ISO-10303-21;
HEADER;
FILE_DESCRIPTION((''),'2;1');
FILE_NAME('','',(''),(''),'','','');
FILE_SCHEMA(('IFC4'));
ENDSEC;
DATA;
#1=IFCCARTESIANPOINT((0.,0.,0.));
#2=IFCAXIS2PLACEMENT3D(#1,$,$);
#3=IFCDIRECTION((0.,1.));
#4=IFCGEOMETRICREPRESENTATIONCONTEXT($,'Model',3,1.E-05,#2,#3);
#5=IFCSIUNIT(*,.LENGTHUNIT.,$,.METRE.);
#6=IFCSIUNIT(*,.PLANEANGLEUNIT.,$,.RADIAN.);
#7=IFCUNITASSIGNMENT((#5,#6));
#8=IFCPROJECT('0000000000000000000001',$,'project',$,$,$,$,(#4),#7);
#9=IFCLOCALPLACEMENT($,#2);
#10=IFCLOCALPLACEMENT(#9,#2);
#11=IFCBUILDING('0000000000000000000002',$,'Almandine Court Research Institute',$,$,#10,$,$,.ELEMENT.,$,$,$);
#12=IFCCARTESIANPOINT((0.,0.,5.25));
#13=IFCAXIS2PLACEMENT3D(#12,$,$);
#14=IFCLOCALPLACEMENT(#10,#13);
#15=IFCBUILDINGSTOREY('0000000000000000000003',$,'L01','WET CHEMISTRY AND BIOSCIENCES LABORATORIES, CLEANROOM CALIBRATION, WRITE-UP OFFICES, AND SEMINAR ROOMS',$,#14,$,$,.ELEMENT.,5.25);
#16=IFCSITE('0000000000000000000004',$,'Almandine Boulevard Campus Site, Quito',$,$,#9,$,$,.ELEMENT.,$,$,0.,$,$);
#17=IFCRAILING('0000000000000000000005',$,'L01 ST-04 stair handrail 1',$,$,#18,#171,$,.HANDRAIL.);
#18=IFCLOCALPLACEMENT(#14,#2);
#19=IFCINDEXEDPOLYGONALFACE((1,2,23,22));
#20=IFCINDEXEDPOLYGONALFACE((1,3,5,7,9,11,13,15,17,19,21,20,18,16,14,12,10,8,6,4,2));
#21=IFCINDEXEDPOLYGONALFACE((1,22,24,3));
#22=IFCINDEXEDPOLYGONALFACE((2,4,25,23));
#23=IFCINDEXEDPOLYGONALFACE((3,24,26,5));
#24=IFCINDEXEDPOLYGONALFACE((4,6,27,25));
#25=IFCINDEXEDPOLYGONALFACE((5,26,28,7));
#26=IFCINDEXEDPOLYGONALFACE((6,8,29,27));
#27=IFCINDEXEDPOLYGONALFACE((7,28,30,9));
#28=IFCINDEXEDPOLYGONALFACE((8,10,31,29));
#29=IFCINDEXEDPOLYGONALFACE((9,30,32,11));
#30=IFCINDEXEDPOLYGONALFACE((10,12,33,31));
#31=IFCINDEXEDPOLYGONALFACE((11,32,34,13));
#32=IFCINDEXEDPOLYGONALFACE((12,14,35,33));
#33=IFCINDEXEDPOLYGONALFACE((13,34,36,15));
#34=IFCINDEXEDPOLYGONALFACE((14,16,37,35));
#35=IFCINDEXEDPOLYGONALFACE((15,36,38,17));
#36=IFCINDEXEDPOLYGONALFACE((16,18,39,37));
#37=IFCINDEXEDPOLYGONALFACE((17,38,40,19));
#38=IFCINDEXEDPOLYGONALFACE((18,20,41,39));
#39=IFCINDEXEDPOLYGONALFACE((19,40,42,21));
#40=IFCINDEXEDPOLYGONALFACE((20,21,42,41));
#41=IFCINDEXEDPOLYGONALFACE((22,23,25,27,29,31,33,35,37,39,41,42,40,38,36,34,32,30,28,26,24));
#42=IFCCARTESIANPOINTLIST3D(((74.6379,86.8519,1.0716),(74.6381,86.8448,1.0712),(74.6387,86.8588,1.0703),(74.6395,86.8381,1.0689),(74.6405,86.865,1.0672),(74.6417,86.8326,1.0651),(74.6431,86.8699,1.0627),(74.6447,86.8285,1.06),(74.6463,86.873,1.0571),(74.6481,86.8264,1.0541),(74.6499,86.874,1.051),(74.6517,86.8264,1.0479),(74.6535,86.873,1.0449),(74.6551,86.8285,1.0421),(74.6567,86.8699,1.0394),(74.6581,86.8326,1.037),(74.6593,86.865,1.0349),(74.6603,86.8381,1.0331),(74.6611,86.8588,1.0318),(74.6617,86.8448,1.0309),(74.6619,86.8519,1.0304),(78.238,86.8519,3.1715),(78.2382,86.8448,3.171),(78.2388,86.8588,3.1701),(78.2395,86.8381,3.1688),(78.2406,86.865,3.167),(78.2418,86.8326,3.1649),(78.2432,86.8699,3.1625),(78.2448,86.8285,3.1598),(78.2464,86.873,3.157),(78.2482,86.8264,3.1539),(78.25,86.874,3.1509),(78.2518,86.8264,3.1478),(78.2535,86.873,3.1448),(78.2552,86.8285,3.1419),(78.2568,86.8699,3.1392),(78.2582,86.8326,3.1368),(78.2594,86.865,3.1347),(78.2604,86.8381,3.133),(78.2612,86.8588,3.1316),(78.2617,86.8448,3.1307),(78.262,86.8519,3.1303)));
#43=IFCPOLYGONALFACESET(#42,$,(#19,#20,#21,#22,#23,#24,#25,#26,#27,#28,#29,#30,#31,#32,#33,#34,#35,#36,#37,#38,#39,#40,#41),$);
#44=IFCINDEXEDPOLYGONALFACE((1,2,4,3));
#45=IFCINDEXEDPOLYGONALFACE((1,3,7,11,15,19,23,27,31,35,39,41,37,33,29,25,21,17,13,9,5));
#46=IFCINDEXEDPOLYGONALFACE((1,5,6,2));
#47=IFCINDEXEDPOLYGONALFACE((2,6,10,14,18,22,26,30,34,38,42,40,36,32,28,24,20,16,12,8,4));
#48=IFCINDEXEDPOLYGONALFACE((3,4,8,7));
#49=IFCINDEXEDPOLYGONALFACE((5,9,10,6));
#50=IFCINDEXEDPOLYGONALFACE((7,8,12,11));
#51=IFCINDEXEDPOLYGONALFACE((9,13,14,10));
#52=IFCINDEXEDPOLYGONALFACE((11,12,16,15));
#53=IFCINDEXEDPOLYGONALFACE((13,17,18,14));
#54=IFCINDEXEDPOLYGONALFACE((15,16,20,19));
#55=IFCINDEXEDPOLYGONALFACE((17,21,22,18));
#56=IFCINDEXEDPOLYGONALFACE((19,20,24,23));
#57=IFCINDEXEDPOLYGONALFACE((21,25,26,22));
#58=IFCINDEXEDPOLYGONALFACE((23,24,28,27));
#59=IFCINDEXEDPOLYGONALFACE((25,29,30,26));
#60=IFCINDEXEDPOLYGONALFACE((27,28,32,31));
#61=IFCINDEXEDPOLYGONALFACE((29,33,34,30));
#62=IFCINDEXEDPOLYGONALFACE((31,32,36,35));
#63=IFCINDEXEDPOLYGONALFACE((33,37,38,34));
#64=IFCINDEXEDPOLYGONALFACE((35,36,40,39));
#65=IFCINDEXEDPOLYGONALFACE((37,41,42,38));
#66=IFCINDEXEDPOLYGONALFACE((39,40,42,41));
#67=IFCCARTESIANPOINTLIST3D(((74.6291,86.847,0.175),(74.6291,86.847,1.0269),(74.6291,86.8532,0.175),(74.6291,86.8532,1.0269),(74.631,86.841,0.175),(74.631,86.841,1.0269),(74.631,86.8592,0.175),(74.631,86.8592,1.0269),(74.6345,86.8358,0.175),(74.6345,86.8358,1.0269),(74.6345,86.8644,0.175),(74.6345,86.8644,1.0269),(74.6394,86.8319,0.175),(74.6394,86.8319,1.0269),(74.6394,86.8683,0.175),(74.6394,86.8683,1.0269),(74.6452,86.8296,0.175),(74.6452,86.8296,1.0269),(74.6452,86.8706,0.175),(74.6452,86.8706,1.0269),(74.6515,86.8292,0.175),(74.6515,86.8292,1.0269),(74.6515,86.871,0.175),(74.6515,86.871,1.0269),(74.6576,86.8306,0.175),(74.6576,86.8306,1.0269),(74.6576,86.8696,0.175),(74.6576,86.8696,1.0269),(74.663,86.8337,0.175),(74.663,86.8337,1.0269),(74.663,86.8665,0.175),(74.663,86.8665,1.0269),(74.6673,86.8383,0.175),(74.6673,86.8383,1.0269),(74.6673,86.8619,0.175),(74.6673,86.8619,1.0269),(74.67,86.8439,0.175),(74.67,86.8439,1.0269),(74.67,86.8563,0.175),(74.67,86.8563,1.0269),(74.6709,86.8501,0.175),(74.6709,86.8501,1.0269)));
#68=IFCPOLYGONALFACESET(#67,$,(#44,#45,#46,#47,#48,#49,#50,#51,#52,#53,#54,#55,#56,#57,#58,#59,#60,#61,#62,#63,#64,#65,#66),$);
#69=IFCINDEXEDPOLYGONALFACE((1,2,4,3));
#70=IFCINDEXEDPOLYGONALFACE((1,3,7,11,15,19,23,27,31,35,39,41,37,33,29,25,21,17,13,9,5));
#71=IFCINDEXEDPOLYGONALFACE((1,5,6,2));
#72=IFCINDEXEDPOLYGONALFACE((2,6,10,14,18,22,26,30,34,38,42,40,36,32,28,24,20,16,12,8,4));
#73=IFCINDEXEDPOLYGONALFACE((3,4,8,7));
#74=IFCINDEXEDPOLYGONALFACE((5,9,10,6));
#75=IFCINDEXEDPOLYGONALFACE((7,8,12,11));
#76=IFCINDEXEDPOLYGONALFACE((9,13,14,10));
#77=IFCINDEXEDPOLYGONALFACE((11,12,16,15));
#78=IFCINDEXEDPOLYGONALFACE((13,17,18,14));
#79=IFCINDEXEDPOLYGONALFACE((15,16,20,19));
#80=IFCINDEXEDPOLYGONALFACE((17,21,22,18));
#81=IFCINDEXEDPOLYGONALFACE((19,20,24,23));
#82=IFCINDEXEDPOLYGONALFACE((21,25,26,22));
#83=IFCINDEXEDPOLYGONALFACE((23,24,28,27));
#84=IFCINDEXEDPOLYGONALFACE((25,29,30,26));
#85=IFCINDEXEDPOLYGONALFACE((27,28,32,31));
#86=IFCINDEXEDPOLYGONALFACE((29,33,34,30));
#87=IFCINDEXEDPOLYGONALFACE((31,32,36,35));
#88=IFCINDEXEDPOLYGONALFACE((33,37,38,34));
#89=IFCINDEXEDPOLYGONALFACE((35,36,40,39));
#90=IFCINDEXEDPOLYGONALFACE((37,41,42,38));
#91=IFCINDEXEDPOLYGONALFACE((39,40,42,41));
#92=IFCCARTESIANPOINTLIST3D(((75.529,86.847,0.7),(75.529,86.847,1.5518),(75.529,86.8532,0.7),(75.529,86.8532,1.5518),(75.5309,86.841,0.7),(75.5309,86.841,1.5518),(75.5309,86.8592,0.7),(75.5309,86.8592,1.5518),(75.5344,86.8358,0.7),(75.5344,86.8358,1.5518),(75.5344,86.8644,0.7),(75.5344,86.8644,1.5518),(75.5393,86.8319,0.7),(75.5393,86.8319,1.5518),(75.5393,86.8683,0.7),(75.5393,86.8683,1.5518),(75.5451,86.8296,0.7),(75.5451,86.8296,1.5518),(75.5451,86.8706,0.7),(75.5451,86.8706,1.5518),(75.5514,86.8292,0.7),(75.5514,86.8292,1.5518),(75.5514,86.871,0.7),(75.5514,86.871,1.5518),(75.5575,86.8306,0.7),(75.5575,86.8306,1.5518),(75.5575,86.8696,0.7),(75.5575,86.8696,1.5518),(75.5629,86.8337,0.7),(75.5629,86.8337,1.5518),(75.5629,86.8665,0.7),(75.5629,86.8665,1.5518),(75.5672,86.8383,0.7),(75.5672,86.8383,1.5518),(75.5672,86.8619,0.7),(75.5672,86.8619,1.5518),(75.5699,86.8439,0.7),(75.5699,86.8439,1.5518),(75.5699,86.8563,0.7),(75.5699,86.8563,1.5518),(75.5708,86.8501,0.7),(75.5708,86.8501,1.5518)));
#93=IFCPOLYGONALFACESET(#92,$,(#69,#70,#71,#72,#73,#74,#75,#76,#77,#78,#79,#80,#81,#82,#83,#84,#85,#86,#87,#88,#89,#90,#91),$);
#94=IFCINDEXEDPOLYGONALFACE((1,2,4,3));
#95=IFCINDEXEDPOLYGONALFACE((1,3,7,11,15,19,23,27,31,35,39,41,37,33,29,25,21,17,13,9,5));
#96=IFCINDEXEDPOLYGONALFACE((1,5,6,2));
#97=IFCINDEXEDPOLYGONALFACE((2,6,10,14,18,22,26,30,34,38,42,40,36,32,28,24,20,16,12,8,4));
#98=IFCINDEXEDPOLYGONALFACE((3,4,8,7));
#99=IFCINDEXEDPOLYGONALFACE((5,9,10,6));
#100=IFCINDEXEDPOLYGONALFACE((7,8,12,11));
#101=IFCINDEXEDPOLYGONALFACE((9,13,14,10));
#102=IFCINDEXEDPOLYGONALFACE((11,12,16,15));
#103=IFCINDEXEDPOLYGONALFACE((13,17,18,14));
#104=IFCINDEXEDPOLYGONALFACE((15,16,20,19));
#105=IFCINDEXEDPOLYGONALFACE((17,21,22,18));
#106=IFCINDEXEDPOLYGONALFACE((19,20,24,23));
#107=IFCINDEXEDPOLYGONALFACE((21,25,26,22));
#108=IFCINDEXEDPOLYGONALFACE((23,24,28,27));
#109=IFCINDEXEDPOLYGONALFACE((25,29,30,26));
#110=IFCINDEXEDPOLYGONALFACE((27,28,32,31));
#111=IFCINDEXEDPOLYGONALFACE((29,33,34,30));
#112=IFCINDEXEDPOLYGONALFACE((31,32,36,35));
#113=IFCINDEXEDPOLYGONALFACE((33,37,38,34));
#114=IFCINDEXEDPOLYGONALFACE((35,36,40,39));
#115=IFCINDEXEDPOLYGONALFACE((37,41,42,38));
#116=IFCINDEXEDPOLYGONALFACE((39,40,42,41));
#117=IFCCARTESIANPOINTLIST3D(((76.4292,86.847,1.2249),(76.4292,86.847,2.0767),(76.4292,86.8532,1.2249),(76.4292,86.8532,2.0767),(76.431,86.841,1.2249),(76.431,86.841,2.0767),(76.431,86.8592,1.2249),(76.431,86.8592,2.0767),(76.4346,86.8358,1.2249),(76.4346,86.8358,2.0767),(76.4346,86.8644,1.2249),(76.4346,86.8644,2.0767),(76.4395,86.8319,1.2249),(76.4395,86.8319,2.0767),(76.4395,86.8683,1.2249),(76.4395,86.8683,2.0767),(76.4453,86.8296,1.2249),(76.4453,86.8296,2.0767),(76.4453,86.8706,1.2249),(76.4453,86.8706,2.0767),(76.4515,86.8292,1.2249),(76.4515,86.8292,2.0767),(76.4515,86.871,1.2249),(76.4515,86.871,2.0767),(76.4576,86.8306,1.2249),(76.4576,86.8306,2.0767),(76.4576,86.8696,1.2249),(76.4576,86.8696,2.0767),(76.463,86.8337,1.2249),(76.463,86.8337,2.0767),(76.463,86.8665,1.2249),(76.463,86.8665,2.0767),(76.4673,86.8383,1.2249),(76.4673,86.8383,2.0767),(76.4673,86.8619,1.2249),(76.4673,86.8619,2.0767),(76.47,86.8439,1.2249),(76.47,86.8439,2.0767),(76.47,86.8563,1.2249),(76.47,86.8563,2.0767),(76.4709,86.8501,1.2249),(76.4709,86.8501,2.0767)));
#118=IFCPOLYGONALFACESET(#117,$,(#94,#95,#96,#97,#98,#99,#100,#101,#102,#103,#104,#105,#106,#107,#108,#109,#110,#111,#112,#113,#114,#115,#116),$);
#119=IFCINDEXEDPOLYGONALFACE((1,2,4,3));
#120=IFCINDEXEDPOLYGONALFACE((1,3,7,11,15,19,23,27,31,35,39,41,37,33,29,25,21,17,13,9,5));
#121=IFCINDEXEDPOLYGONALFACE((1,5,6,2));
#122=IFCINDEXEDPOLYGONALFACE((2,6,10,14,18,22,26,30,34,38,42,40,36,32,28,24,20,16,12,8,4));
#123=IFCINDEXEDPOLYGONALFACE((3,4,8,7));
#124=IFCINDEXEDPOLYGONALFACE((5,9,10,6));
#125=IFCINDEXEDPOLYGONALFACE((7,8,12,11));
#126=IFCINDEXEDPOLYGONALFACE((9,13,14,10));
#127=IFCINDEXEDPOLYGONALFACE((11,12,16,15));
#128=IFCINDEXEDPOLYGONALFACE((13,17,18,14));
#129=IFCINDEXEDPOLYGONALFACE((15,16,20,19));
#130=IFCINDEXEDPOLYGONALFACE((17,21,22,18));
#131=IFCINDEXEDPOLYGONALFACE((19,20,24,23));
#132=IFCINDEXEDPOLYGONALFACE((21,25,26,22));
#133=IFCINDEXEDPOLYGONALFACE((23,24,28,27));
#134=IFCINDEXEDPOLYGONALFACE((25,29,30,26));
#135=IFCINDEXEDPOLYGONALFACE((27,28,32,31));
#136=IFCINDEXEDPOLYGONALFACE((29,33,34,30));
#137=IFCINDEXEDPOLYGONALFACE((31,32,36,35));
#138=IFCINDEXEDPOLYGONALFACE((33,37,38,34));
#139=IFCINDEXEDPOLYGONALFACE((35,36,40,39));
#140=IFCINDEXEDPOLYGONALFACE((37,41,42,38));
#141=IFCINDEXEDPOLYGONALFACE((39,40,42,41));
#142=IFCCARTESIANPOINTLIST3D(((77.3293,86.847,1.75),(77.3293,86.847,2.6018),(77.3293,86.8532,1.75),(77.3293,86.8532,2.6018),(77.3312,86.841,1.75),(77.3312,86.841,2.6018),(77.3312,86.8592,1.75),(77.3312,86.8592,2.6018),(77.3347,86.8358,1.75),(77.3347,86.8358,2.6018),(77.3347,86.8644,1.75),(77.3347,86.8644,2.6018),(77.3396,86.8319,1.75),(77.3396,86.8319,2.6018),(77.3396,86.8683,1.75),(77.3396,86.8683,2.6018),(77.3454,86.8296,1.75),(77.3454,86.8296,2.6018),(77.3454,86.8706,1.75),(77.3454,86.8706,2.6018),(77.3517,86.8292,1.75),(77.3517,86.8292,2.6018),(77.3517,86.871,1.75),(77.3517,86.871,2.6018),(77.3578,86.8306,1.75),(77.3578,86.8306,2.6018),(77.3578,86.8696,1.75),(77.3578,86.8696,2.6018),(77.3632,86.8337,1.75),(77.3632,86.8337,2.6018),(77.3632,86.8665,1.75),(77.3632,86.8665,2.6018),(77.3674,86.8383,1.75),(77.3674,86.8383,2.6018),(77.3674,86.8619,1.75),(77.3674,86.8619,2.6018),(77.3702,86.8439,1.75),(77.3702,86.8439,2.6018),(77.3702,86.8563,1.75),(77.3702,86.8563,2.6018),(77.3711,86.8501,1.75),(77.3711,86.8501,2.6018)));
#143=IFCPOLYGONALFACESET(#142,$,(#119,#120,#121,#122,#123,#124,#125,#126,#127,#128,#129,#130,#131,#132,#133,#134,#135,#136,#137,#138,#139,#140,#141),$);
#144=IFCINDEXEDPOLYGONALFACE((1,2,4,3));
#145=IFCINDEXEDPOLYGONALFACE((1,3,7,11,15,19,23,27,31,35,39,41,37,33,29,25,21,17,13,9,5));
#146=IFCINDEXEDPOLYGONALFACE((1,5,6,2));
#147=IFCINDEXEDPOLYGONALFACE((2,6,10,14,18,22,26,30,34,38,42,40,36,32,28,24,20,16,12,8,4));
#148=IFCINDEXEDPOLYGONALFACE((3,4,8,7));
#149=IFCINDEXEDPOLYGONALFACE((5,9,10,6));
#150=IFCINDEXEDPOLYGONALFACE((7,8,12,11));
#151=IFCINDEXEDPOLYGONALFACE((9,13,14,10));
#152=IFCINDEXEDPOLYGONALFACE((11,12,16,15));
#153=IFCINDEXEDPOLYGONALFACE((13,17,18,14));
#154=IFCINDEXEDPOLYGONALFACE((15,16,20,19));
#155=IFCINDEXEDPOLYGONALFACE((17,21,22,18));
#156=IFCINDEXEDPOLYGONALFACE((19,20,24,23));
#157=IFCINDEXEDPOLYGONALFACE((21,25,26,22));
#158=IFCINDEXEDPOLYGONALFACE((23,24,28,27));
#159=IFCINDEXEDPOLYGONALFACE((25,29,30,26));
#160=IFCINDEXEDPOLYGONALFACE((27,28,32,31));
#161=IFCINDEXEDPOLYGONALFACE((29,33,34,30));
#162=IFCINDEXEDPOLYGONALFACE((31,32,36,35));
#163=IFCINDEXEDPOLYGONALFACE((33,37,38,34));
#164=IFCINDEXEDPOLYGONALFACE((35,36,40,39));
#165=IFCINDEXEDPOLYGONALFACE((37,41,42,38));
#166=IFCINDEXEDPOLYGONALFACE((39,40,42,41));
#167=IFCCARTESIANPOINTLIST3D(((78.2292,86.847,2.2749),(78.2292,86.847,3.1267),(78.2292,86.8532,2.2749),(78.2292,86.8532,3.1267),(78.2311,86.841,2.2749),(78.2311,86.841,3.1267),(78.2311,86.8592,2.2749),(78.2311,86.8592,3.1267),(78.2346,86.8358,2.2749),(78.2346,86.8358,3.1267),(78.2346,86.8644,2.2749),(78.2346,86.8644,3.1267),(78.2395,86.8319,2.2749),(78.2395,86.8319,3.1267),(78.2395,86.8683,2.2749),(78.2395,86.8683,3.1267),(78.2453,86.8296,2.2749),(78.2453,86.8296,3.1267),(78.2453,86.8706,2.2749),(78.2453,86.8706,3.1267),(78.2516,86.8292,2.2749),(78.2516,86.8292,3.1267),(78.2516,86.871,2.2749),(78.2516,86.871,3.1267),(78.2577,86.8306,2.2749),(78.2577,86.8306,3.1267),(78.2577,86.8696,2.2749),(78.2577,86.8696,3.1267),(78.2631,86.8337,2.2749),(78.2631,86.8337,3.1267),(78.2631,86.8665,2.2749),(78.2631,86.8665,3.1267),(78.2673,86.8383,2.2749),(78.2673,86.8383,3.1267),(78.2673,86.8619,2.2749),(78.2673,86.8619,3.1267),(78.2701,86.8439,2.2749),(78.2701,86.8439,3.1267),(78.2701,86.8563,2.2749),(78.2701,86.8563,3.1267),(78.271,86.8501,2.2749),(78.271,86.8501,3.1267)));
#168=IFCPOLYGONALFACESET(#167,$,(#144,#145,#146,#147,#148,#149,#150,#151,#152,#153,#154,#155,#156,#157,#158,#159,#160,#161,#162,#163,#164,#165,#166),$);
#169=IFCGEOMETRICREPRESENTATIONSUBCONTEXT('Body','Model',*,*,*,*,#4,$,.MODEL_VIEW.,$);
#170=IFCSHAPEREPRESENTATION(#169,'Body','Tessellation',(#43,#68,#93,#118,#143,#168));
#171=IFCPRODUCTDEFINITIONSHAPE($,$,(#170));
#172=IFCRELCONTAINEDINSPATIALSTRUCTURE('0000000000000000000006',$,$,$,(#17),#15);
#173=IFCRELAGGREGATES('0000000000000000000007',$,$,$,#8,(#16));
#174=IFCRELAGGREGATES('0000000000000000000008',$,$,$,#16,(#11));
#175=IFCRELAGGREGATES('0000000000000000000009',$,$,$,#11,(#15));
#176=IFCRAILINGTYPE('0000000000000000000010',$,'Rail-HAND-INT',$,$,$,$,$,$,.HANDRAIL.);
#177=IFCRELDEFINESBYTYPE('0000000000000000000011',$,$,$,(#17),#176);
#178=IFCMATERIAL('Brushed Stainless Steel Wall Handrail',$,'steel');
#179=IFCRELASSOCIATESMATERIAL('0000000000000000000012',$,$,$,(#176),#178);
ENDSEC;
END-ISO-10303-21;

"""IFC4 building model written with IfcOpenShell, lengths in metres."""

from ifc_helpers import new_model, si_unit, direction, frame, origin, origin_2d, place, context, subcontext, project, spatial, circle, extrude, material, type_object, element, save


model = new_model("IFC4")

# Units and contexts
model_context = context("Model", 3, precision=1e-05, world=origin(), true_north=direction((0.0, 1.0)))
body_context = subcontext(model_context, "Body", "Model", "MODEL_VIEW")
ifc_project = project(units=[si_unit("LENGTHUNIT", "METRE"), si_unit("PLANEANGLEUNIT", "RADIAN")], contexts=[model_context])

# Site, building, storey
site_placement = place(None, origin())
site = spatial("IfcSite", under=ifc_project, at=site_placement, Name="Almandine Boulevard Campus Site, Quito", CompositionType="ELEMENT", RefElevation=0.0)
building_placement = place(site_placement, origin())
building = spatial("IfcBuilding", under=site, at=building_placement, Name="Almandine Court Research Institute", CompositionType="ELEMENT")
storey_placement = place(building_placement, frame((0.0, 0.0, 5.25)))
storey = spatial("IfcBuildingStorey", under=building, at=storey_placement, Name="L01", Description="WET CHEMISTRY AND BIOSCIENCES LABORATORIES, CLEANROOM CALIBRATION, WRITE-UP OFFICES, AND SEMINAR ROOMS", CompositionType="ELEMENT", Elevation=5.25)

# Railing
ifc_material_1 = material(Name="Brushed Stainless Steel Wall Handrail", Category="steel")
railing_type_1 = type_object("IfcRailingType", Name="Rail-HAND-INT", PredefinedType="HANDRAIL", material=ifc_material_1)
railing_1_placement = place(storey_placement, frame((74.6499, 86.8501, 0.175)))
element("IfcRailing", 1, at=railing_1_placement, inside=storey, type_object=railing_type_1, Name="L01 ST-04 stair handrail 1", PredefinedType="HANDRAIL", context=body_context, shape_type="SweptSolid", body=[
    extrude(circle(Radius=0.0239, at=origin_2d()), frame((0.0, 0.0, 0.876), z_axis=(0.8638, 0.0, 0.503835), x_axis=(0.0, 1.0, 0.0)), (0.0, 0.0, 1.0), 4.1677),
    extrude(circle(Radius=0.021, at=origin_2d()), origin(), (0.0, 0.0, 1.0), 0.8518),
    extrude(circle(Radius=0.021, at=origin_2d()), frame((0.8999, 0.0, 0.5249)), (0.0, 0.0, 1.0), 0.8518),
    extrude(circle(Radius=0.021, at=origin_2d()), frame((1.8, 0.0, 1.0498)), (0.0, 0.0, 1.0), 0.8518),
    extrude(circle(Radius=0.021, at=origin_2d()), frame((2.7002, 0.0, 1.575)), (0.0, 0.0, 1.0), 0.8518),
    extrude(circle(Radius=0.021, at=origin_2d()), frame((3.6001, 0.0, 2.0999)), (0.0, 0.0, 1.0), 0.8518),
])

save(model, "model.ifc")
